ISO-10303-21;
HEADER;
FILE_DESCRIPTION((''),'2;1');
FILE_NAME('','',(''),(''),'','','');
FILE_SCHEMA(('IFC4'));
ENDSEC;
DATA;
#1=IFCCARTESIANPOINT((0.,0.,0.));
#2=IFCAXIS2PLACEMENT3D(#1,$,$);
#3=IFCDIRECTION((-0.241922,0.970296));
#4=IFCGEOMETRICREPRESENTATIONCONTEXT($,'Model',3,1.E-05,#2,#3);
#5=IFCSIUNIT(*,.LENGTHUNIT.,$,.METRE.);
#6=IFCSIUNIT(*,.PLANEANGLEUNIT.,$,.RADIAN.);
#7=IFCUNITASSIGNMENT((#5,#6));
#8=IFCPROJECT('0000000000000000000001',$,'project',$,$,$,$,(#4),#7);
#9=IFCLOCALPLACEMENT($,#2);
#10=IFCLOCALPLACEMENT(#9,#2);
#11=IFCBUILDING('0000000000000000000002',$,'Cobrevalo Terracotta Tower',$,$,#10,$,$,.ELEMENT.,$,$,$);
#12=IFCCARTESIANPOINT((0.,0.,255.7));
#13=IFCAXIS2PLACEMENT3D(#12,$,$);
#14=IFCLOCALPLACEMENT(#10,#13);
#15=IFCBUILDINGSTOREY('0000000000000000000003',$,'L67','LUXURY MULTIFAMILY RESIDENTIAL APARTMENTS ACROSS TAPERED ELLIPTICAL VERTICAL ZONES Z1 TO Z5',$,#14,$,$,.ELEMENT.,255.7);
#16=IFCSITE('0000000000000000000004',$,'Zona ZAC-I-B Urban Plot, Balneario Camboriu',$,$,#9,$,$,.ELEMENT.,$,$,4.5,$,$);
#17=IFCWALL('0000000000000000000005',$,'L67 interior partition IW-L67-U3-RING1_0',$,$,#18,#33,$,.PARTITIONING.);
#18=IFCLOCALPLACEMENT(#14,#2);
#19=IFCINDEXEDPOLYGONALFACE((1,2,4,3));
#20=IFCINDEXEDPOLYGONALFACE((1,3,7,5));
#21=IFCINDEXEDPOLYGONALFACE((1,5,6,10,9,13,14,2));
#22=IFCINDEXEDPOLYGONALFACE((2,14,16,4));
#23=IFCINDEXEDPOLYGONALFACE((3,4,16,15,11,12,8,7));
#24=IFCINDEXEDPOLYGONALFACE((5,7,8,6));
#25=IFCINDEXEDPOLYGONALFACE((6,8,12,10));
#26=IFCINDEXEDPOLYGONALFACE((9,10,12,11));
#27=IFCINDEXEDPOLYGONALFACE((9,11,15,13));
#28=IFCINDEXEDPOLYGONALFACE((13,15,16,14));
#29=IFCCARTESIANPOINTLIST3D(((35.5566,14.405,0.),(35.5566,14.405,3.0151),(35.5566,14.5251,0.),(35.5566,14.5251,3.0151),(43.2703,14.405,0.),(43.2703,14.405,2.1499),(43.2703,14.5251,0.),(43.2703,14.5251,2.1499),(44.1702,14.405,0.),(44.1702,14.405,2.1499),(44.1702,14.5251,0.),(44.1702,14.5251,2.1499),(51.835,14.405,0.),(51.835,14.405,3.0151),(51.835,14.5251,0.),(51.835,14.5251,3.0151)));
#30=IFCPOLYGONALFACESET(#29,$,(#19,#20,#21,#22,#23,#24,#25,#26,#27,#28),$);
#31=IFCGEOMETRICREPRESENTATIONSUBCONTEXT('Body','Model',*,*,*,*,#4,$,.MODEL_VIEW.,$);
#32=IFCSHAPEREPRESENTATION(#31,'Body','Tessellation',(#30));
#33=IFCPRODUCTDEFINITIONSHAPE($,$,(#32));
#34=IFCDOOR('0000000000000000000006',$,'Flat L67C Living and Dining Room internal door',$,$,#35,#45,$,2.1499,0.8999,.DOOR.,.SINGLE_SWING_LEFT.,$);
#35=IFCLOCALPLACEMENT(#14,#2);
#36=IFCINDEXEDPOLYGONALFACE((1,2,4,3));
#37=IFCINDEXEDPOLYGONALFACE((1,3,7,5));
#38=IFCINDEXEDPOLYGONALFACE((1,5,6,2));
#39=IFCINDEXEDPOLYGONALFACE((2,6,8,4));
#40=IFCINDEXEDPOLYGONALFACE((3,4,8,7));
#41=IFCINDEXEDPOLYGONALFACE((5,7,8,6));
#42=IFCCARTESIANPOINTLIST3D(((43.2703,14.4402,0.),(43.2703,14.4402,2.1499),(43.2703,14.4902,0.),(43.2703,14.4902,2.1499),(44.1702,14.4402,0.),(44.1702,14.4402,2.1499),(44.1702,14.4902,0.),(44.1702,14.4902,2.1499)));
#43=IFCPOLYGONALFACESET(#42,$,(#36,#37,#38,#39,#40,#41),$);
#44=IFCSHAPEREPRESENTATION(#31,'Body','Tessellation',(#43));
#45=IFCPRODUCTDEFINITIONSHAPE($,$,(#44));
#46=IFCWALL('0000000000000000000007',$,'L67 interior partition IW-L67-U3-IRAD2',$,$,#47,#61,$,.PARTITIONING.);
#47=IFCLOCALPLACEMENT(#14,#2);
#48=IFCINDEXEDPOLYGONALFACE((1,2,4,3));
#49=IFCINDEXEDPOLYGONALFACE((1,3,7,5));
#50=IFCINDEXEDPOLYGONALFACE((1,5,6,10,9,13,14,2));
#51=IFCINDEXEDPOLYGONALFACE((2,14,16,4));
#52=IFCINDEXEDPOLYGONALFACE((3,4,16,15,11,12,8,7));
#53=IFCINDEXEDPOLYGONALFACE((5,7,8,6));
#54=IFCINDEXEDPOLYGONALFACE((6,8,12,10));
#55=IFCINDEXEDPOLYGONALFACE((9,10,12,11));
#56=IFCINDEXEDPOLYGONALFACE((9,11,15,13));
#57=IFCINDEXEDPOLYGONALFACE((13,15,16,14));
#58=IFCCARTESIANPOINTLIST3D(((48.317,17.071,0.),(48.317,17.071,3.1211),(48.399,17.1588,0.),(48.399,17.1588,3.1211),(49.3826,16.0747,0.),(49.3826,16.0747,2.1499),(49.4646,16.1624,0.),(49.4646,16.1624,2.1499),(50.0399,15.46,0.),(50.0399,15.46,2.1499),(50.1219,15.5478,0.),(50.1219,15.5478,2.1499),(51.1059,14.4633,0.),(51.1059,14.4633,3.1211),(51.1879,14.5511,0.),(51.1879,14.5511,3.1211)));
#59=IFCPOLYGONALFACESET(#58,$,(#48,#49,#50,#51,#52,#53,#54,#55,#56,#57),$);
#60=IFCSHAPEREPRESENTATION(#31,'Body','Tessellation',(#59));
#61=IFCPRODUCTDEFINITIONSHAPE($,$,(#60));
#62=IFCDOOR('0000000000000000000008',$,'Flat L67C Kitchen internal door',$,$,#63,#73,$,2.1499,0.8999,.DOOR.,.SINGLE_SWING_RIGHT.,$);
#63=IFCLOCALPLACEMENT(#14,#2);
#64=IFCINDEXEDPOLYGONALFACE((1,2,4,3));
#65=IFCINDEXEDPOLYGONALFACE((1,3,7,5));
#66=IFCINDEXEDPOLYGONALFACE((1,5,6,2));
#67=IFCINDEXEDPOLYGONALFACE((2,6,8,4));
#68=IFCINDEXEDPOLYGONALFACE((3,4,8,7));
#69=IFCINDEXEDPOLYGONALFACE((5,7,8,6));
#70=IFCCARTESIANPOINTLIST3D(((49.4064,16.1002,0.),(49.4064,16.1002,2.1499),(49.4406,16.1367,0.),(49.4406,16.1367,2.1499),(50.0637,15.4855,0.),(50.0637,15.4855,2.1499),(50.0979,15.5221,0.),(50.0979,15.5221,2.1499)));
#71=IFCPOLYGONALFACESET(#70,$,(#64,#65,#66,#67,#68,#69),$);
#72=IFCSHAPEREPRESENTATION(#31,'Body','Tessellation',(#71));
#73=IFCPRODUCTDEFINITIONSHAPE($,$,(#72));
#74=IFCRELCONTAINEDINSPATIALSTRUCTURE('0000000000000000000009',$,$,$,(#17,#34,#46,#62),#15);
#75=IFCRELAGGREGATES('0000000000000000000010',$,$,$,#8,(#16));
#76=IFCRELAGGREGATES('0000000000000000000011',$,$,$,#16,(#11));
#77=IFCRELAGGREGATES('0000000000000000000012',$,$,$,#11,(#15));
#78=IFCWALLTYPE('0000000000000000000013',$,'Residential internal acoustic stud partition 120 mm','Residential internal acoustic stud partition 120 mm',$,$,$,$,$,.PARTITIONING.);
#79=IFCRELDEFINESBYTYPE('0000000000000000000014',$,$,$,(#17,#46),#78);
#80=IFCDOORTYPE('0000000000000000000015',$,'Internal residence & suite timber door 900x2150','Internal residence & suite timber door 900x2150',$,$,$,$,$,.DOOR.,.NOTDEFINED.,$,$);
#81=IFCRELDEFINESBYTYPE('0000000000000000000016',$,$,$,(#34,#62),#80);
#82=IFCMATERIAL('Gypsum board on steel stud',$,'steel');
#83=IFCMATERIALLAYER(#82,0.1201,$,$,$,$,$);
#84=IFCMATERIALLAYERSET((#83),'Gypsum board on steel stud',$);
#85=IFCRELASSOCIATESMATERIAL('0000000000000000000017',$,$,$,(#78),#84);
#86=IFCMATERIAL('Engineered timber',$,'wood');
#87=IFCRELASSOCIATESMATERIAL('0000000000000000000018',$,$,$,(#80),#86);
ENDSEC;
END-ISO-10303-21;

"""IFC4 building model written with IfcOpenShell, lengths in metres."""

from ifc_helpers import new_model, si_unit, direction, frame, frame_2d, origin, place, context, subcontext, project, spatial, rectangle, extrude, source, transform, mapped, material, layer, layer_set, type_object, element, fill, save


model = new_model("IFC4")

# Units and contexts
model_context = context("Model", 3, precision=1e-05, world=origin(), true_north=direction((-0.241922, 0.970296)))
body_context = subcontext(model_context, "Body", "Model", "MODEL_VIEW")
ifc_project = project(units=[si_unit("LENGTHUNIT", "METRE"), si_unit("PLANEANGLEUNIT", "RADIAN")], contexts=[model_context])

# Site, building, storey
site_placement = place(None, origin())
site = spatial("IfcSite", under=ifc_project, at=site_placement, Name="Zona ZAC-I-B Urban Plot, Balneario Camboriu", CompositionType="ELEMENT", RefElevation=4.5)
building_placement = place(site_placement, origin())
building = spatial("IfcBuilding", under=site, at=building_placement, Name="Cobrevalo Terracotta Tower", CompositionType="ELEMENT")
storey_placement = place(building_placement, frame((0.0, 0.0, 255.7)))
storey = spatial("IfcBuildingStorey", under=building, at=storey_placement, Name="L67", Description="LUXURY MULTIFAMILY RESIDENTIAL APARTMENTS ACROSS TAPERED ELLIPTICAL VERTICAL ZONES Z1 TO Z5", CompositionType="ELEMENT", Elevation=255.7)

# Shared definitions
ifc_material_1 = material(Name="Gypsum board on steel stud", Category="steel")

# Walls, openings, doors
ifc_layer_1 = layer(ifc_material_1, 0.1201)
ifc_layer_set_1 = layer_set([ifc_layer_1], Name="Gypsum board on steel stud")
wall_type_1 = type_object("IfcWallType", Name="Residential internal acoustic stud partition 120 mm", Description="Residential internal acoustic stud partition 120 mm", PredefinedType="PARTITIONING", material=ifc_layer_set_1)
wall_1_placement = place(storey_placement, frame((51.835, 14.4651, 0.0), z_axis=(0.0, 0.0, 1.0), x_axis=(-1.0, 0.0, 0.0)))
wall_1 = element("IfcWall", 1, at=wall_1_placement, inside=storey, type_object=wall_type_1, Name="L67 interior partition IW-L67-U3-RING1_0", PredefinedType="PARTITIONING", context=body_context, shape_type="SweptSolid", body=[
    extrude(rectangle(XDim=16.2783, YDim=0.1201, at=frame_2d((8.1392, 0.0))), origin(), (0.0, 0.0, 1.0), 3.0151),
])
opening_1_placement = place(wall_1_placement, frame((7.6648, 0.0, 0.0)))
opening_1 = element("IfcOpeningElement", 2, at=opening_1_placement, cuts=wall_1, PredefinedType="OPENING", context=body_context, shape_type="SweptSolid", body=[
    extrude(rectangle(XDim=0.8999, YDim=2.1499, at=frame_2d((0.45, 1.075))), frame((0.0, 0.0701, 0.0), z_axis=(0.0, -1.0, 0.0), x_axis=(1.0, 0.0, 0.0)), (0.0, 0.0, 1.0), 0.1401),
])
ifc_material_2 = material(Name="Engineered timber", Category="wood")
door_type = type_object("IfcDoorType", Name="Internal residence & suite timber door 900x2150", Description="Internal residence & suite timber door 900x2150", OperationType="NOTDEFINED", PredefinedType="DOOR", material=ifc_material_2)
shared_shape_1 = source(origin(), body_context, "Body", "SweptSolid", [
    extrude(rectangle(XDim=0.8999, YDim=2.1499, at=frame_2d((0.45, 1.075))), frame((0.0, 0.0249, 0.0), z_axis=(0.0, -1.0, 0.0), x_axis=(1.0, 0.0, 0.0)), (0.0, 0.0, 1.0), 0.05),
])
door_1_placement = place(opening_1_placement, origin())
door_1 = element("IfcDoor", 3, at=door_1_placement, inside=storey, type_object=door_type, Name="Flat L67C Living and Dining Room internal door", OperationType="SINGLE_SWING_LEFT", OverallHeight=2.1499, OverallWidth=0.8999, PredefinedType="DOOR", context=body_context, shape_type="MappedRepresentation", body=[
    mapped(shared_shape_1, transform((0.0, 0.0, 0.0), scale=1.0)),
])
fill(opening_1, door_1)
wall_2_placement = place(storey_placement, frame((48.3579, 17.115, 0.0), z_axis=(0.0, 0.0, 1.0), x_axis=(0.730432, -0.682986, 0.0)))
wall_2 = element("IfcWall", 4, at=wall_2_placement, inside=storey, type_object=wall_type_1, Name="L67 interior partition IW-L67-U3-IRAD2", PredefinedType="PARTITIONING", context=body_context, shape_type="SweptSolid", body=[
    extrude(rectangle(XDim=3.8181, YDim=0.1201, at=frame_2d((1.9092, 0.0))), origin(), (0.0, 0.0, 1.0), 3.1211),
])
opening_2_placement = place(wall_2_placement, frame((1.459, 0.0, 0.0)))
opening_2 = element("IfcOpeningElement", 5, at=opening_2_placement, cuts=wall_2, PredefinedType="OPENING", context=body_context, shape_type="SweptSolid", body=[
    extrude(rectangle(XDim=0.8999, YDim=2.1499, at=frame_2d((0.45, 1.075))), frame((0.0, 0.0701, 0.0), z_axis=(0.0, -1.0, 0.0), x_axis=(1.0, 0.0, 0.0)), (0.0, 0.0, 1.0), 0.1401),
])
door_2_placement = place(opening_2_placement, origin())
door_2 = element("IfcDoor", 6, at=door_2_placement, inside=storey, type_object=door_type, Name="Flat L67C Kitchen internal door", OperationType="SINGLE_SWING_RIGHT", OverallHeight=2.1499, OverallWidth=0.8999, PredefinedType="DOOR", context=body_context, shape_type="MappedRepresentation", body=[
    mapped(shared_shape_1, transform((0.0, 0.0, 0.0), scale=1.0)),
])
fill(opening_2, door_2)

save(model, "model.ifc")
